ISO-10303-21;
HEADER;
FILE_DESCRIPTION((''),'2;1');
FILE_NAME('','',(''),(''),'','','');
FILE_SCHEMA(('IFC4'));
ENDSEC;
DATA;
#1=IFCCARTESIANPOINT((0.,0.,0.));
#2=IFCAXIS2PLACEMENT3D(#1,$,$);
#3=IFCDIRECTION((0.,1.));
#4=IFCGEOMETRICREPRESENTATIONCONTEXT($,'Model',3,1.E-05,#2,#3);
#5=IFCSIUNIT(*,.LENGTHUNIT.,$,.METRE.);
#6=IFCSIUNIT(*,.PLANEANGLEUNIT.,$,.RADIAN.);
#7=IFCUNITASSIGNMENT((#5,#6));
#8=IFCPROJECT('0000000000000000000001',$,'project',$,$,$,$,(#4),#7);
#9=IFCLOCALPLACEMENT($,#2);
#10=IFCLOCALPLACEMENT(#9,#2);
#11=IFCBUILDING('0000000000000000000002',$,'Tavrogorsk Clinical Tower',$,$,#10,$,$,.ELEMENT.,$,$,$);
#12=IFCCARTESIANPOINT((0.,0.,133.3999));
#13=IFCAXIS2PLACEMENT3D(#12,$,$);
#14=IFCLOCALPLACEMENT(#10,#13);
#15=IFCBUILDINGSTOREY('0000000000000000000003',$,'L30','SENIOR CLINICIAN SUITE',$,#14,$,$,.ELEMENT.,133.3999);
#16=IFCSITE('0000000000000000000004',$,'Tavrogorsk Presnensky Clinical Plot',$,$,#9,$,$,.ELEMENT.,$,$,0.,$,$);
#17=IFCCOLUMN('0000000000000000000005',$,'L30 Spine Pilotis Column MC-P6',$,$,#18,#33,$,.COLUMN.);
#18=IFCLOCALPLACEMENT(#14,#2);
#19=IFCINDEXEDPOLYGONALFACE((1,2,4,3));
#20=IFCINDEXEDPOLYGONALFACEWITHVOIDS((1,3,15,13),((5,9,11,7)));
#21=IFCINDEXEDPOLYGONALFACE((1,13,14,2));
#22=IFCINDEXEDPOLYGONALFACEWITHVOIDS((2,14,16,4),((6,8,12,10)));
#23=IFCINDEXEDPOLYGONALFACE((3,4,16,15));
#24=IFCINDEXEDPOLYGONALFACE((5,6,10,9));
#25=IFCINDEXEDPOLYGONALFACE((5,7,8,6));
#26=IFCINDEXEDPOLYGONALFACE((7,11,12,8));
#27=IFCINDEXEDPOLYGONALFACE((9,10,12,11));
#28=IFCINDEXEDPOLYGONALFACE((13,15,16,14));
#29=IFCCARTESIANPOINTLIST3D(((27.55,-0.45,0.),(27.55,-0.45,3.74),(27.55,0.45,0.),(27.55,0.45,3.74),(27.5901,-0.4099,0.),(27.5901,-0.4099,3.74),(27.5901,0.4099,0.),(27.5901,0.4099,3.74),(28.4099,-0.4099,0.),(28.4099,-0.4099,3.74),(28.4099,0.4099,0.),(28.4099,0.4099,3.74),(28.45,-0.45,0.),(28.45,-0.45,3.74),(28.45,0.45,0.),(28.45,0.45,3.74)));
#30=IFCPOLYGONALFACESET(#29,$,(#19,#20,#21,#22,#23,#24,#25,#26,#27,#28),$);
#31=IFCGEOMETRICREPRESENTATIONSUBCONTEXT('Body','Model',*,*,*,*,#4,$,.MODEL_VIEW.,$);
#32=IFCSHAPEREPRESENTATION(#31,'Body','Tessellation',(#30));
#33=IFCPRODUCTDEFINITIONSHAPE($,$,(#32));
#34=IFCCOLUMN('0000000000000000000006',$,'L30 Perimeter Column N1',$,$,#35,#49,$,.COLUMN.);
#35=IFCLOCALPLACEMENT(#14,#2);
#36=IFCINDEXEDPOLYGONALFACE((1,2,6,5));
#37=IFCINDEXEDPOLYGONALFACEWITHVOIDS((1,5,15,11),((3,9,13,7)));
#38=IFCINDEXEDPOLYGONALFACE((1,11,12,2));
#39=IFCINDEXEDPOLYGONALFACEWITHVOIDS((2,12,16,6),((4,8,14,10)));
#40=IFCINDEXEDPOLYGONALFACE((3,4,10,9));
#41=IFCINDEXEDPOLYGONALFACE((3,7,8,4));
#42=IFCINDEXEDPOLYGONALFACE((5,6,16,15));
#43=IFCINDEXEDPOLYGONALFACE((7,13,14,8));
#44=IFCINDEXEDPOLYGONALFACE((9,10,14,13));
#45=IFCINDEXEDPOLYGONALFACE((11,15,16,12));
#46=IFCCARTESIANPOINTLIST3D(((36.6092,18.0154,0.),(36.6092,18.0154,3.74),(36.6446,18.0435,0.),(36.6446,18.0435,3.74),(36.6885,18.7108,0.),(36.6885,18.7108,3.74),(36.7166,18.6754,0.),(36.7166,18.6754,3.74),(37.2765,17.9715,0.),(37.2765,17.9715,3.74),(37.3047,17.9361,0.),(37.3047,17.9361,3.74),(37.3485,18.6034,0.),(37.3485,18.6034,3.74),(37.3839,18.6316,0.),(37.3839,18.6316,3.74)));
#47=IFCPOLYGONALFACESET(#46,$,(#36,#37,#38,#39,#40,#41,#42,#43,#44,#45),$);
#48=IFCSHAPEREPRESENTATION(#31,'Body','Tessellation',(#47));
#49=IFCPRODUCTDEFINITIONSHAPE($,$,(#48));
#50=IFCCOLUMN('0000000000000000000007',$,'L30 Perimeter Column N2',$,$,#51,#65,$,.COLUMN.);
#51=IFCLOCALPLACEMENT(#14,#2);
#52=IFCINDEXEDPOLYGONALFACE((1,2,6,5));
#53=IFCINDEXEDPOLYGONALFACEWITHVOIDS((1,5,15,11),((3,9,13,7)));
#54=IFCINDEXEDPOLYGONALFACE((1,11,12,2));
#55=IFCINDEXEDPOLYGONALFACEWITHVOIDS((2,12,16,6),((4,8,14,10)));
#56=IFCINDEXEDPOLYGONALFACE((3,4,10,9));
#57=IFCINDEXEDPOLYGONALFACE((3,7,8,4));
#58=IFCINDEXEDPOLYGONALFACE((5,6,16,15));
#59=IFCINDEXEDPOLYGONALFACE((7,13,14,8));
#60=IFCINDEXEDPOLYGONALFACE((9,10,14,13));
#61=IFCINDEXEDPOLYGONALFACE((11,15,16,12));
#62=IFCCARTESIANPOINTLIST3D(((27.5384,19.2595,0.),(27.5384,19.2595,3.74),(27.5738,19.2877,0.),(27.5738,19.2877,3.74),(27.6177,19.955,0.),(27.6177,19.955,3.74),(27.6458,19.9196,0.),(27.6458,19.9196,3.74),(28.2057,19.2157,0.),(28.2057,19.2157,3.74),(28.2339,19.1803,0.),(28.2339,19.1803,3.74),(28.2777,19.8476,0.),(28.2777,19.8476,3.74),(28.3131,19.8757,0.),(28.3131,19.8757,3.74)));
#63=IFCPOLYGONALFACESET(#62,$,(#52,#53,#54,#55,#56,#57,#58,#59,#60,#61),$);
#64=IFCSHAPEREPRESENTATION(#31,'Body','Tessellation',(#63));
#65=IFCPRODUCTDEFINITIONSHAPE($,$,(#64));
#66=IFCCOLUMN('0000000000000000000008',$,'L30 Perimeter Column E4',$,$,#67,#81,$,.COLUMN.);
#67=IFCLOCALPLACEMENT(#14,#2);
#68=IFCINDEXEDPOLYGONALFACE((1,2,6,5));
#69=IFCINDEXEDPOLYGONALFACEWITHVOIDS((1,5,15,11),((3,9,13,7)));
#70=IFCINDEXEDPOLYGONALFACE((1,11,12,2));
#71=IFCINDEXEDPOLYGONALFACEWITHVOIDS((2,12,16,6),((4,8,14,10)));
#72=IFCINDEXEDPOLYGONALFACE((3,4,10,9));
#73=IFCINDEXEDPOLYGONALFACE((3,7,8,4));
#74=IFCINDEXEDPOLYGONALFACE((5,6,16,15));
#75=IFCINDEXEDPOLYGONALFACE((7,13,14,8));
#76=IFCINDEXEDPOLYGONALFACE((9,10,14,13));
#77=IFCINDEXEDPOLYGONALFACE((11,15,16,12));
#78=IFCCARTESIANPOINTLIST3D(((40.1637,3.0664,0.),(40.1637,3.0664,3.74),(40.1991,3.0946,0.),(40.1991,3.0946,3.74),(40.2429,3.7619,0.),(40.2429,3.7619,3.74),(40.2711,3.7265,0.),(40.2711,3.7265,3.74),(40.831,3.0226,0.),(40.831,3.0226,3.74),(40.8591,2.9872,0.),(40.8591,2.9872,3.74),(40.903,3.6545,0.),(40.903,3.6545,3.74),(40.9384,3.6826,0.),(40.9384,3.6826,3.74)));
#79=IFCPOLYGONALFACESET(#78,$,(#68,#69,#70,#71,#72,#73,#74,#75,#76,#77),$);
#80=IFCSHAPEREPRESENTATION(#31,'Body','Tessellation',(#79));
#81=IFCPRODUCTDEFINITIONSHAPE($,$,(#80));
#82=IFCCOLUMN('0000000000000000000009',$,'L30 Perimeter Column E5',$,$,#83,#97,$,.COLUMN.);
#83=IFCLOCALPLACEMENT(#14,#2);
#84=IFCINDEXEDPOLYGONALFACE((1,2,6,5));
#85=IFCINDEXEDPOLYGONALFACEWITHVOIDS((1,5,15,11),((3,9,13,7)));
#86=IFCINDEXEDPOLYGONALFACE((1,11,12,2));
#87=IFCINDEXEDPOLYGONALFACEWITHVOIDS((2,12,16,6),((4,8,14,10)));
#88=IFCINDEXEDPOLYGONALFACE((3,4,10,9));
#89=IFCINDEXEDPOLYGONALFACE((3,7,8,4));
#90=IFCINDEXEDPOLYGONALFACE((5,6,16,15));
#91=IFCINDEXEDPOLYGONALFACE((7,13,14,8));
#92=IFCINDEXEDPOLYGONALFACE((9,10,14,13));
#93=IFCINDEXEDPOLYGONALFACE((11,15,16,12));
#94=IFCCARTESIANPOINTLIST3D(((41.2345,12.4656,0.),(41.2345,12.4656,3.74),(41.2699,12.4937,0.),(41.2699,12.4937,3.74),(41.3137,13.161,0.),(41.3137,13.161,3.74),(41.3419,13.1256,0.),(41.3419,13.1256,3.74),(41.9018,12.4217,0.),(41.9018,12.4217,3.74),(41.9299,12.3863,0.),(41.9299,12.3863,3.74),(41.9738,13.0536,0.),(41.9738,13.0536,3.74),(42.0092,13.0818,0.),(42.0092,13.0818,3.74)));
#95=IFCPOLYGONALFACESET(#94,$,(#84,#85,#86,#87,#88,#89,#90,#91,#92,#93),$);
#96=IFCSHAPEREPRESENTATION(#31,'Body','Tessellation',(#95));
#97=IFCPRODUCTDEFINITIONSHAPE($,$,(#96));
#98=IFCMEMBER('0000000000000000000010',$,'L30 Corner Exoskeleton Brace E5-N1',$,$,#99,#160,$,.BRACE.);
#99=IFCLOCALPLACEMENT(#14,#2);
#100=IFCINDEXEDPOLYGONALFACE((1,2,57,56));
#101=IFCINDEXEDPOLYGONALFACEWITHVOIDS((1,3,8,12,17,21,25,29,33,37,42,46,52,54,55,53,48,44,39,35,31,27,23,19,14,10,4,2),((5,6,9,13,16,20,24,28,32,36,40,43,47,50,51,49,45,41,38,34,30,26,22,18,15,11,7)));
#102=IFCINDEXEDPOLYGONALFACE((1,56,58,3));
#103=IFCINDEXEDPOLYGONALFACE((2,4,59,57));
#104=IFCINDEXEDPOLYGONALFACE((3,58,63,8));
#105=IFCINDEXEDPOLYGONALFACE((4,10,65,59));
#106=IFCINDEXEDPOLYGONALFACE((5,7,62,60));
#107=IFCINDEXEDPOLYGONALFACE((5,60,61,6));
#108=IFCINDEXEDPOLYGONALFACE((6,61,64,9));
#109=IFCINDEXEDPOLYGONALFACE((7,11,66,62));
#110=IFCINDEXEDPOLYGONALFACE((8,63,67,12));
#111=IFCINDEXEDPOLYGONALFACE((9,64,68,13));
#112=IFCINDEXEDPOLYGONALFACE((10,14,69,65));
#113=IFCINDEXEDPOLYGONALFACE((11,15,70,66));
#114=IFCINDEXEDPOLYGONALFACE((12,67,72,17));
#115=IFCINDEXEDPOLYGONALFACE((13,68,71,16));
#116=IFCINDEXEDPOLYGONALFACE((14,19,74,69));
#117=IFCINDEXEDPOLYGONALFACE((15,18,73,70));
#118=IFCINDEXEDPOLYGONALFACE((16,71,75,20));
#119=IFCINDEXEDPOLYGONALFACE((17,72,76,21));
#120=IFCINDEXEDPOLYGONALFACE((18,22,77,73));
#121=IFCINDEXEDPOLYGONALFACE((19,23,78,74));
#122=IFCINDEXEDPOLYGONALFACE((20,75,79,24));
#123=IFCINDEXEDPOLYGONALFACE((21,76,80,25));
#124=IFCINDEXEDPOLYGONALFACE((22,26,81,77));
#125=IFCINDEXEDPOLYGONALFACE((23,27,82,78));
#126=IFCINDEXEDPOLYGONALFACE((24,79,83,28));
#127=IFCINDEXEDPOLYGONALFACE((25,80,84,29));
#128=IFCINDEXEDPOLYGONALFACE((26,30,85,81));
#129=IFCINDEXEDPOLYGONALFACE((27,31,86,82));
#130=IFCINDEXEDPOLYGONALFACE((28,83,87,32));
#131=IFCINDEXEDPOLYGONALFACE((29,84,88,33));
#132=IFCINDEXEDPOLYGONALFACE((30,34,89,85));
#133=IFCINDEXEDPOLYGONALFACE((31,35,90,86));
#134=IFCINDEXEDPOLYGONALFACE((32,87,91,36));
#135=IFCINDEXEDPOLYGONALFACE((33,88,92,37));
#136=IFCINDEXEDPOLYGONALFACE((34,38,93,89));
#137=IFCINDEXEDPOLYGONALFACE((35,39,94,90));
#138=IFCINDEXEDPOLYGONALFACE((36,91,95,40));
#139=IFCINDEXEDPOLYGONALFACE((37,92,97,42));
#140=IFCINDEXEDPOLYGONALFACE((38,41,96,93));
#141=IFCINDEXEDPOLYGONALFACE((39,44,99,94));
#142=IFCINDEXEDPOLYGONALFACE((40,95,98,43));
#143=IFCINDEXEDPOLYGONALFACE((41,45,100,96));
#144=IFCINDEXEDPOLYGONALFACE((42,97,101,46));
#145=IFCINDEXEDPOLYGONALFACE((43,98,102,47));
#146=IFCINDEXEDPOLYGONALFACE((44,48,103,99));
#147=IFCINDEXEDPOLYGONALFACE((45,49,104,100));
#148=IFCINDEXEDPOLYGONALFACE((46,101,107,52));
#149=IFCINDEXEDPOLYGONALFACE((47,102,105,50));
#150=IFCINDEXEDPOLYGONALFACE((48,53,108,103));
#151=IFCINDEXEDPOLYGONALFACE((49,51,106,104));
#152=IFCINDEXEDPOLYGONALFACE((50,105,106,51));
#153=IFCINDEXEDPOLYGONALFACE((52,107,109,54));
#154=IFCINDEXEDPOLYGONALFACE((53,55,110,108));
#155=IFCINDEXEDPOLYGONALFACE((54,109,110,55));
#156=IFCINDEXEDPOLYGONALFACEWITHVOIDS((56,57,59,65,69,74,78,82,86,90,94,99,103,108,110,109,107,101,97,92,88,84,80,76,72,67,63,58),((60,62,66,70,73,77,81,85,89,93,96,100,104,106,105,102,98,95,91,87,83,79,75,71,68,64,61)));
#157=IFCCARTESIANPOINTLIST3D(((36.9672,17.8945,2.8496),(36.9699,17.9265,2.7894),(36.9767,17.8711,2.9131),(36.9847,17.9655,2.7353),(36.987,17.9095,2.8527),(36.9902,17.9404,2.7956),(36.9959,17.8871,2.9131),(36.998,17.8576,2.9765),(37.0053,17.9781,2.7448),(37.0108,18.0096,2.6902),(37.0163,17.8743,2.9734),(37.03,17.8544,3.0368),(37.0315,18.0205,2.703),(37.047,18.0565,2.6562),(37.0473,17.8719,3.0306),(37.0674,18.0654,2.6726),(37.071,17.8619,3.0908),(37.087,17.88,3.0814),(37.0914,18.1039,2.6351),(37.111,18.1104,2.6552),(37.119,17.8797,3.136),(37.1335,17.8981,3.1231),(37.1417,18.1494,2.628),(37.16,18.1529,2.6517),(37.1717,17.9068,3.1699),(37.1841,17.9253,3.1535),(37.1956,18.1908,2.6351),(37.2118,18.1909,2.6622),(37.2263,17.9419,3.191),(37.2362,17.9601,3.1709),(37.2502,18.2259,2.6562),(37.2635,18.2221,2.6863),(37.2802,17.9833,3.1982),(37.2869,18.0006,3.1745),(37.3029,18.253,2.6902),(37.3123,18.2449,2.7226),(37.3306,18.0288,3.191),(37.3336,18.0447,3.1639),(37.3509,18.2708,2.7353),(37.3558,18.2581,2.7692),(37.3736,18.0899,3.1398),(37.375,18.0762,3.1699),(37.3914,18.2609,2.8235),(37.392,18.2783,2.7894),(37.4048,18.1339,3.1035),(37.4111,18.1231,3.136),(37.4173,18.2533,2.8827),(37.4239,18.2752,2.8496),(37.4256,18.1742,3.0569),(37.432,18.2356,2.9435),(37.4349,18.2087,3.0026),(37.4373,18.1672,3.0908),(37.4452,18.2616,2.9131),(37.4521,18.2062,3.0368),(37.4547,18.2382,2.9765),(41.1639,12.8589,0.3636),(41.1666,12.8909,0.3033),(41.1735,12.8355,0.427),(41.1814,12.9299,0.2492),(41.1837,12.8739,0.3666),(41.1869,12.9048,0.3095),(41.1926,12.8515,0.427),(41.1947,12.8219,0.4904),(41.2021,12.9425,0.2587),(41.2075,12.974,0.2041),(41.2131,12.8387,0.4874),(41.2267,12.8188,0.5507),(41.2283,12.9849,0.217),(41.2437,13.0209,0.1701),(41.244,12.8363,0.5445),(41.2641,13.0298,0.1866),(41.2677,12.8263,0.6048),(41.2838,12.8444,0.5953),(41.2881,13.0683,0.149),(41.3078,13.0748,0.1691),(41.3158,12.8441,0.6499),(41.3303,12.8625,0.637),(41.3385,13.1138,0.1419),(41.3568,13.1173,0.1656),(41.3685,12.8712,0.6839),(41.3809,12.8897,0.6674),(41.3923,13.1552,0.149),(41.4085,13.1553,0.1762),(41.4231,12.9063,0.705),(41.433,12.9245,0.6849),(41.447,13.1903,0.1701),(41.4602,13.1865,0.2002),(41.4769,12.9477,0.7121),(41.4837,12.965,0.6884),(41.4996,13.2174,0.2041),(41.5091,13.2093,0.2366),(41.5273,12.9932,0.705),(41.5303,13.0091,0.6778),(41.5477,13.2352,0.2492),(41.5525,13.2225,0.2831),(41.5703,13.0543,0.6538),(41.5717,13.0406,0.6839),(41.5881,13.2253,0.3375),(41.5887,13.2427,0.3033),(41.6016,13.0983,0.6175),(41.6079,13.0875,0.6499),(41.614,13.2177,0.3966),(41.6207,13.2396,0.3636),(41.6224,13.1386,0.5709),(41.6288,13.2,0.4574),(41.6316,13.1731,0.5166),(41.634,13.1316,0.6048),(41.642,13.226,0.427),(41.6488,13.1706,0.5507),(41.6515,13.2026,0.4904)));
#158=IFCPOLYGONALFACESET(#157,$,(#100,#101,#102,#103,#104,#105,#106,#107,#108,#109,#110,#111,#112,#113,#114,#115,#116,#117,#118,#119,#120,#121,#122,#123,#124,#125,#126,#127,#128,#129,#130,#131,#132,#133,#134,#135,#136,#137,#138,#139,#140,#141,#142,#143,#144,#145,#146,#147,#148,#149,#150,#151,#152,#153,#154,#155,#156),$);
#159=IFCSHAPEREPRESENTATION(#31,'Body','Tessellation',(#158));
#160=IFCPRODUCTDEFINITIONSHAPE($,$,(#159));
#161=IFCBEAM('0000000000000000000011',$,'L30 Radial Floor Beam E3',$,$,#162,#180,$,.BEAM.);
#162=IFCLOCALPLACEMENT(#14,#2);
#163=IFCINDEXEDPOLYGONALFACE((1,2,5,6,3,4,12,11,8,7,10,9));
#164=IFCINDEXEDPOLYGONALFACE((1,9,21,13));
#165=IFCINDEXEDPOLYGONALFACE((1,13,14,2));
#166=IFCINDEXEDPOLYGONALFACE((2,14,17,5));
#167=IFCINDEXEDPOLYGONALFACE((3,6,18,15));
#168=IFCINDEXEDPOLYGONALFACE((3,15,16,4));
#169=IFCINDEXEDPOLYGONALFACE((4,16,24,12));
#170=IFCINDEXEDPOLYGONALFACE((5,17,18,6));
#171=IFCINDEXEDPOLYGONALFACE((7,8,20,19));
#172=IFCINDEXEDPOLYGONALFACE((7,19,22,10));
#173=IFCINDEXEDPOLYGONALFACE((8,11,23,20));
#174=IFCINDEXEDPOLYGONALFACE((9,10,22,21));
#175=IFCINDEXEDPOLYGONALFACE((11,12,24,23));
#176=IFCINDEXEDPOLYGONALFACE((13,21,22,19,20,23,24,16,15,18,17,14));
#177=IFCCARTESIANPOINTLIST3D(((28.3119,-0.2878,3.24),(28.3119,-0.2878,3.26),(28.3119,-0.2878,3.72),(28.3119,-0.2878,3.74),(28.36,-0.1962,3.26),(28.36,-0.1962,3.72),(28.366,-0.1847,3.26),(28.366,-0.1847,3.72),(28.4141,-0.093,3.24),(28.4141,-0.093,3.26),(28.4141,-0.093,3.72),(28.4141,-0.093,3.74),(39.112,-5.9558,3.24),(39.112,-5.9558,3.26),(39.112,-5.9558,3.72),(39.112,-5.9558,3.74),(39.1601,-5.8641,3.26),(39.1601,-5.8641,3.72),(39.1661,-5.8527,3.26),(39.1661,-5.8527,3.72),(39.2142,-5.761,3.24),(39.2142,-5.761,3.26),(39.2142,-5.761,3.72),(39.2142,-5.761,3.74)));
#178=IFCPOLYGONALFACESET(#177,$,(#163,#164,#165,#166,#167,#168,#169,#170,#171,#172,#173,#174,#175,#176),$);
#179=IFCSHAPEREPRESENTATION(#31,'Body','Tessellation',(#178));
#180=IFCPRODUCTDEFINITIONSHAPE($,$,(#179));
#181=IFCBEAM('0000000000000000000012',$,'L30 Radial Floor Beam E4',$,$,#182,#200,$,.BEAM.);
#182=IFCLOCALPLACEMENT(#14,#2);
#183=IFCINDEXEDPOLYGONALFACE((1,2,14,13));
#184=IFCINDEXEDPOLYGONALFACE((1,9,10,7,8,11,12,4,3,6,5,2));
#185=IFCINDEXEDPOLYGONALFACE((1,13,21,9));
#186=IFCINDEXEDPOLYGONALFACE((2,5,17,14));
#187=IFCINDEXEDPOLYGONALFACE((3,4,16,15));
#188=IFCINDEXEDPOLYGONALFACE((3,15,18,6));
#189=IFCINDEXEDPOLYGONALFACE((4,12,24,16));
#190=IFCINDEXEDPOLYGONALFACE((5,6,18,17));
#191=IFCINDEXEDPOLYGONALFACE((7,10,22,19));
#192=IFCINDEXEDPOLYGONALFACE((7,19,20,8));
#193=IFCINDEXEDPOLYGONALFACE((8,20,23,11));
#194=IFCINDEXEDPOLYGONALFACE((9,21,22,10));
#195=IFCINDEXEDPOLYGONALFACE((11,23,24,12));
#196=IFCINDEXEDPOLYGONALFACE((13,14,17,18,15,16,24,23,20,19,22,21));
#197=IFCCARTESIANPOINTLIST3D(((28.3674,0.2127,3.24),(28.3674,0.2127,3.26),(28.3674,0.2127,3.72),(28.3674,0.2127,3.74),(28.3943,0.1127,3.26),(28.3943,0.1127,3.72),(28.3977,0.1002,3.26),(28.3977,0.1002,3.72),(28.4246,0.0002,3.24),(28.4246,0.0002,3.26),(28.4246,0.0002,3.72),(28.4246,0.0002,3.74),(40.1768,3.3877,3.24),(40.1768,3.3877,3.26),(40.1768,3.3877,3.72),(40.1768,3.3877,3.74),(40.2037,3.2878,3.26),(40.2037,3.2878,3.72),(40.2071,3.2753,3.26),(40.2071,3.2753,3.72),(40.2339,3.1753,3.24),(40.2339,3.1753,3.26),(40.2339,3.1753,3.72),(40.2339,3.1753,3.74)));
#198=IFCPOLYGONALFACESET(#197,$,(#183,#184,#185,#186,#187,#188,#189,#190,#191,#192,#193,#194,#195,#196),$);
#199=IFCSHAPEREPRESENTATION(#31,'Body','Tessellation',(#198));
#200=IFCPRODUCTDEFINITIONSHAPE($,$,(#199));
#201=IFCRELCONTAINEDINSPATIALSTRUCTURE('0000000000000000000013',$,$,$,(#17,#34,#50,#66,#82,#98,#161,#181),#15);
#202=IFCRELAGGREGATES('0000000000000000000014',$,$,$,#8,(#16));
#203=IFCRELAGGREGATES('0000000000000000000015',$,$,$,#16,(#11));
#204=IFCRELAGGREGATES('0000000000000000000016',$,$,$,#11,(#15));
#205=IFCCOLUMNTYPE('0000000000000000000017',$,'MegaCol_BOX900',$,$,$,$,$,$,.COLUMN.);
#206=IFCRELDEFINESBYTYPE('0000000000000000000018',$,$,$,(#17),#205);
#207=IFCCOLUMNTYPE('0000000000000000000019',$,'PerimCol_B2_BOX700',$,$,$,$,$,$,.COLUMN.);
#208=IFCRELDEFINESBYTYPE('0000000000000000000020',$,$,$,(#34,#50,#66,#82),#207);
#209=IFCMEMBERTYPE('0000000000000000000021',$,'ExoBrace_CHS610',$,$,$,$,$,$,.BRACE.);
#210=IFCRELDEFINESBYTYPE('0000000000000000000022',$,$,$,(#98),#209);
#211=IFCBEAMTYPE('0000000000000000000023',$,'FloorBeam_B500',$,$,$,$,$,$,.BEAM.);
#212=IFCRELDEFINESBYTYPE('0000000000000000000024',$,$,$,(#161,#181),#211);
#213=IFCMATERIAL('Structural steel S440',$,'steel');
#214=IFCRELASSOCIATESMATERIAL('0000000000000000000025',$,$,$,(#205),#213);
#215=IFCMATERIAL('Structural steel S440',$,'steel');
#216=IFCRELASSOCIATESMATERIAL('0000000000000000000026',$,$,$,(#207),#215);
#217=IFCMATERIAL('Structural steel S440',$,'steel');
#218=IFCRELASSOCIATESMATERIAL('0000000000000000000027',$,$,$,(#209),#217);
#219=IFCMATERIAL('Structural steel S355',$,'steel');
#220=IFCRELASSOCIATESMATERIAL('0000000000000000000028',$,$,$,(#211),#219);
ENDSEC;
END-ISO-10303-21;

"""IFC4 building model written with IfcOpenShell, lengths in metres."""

from ifc_helpers import new_model, si_unit, direction, frame, origin, origin_2d, place, context, subcontext, project, spatial, hollow_rectangle, hollow_circle, i_section, extrude, material, material_profile, profile_set, type_object, element, save


model = new_model("IFC4")

# Units and contexts
model_context = context("Model", 3, precision=1e-05, world=origin(), true_north=direction((0.0, 1.0)))
body_context = subcontext(model_context, "Body", "Model", "MODEL_VIEW")
ifc_project = project(units=[si_unit("LENGTHUNIT", "METRE"), si_unit("PLANEANGLEUNIT", "RADIAN")], contexts=[model_context])

# Site, building, storey
site_placement = place(None, origin())
site = spatial("IfcSite", under=ifc_project, at=site_placement, Name="Tavrogorsk Presnensky Clinical Plot", CompositionType="ELEMENT", RefElevation=0.0)
building_placement = place(site_placement, origin())
building = spatial("IfcBuilding", under=site, at=building_placement, Name="Tavrogorsk Clinical Tower", CompositionType="ELEMENT")
storey_placement = place(building_placement, frame((0.0, 0.0, 133.3999)))
storey = spatial("IfcBuildingStorey", under=building, at=storey_placement, Name="L30", Description="SENIOR CLINICIAN SUITE", CompositionType="ELEMENT", Elevation=133.3999)

# Columns
ifc_material_1 = material(Name="Structural steel S440", Category="steel")
ifc_material_profile_1 = material_profile(ifc_material_1, hollow_rectangle(XDim=0.8999, YDim=0.8999, WallThickness=0.04, at=origin_2d()), Name="BOX-900x900x40")
ifc_profile_set_1 = profile_set([ifc_material_profile_1], Name="Structural steel S440")
column_type_1 = type_object("IfcColumnType", Name="MegaCol_BOX900", PredefinedType="COLUMN", material=ifc_profile_set_1)
column_placement = place(storey_placement, frame((28.0, 0.0, 0.0), z_axis=(0.0, 0.0, 1.0), x_axis=(1.0, 0.0, 0.0)))
element("IfcColumn", 1, at=column_placement, inside=storey, type_object=column_type_1, Name="L30 Spine Pilotis Column MC-P6", PredefinedType="COLUMN", context=body_context, shape_type="SweptSolid", body=[
    extrude(hollow_rectangle(XDim=0.8999, YDim=0.8999, WallThickness=0.04, at=origin_2d()), origin(), (0.0, 0.0, 1.0), 3.74),
])
ifc_material_2 = material(Name="Structural steel S440", Category="steel")
ifc_material_profile_2 = material_profile(ifc_material_2, hollow_rectangle(XDim=0.7, YDim=0.7, WallThickness=0.032, at=origin_2d()), Name="BOX-700x700x32")
ifc_profile_set_2 = profile_set([ifc_material_profile_2], Name="Structural steel S440")
column_type_2 = type_object("IfcColumnType", Name="PerimCol_B2_BOX700", PredefinedType="COLUMN", material=ifc_profile_set_2)
for number, where, z_axis, x_axis, name in (
    (2, (36.9966, 18.3235, 0.0), (0.0, 0.0, 1.0), (0.993572, -0.113203, 0.0), "L30 Perimeter Column N1"),
    (3, (27.9258, 19.5676, 0.0), (0.0, 0.0, 1.0), (0.993572, -0.113203, 0.0), "L30 Perimeter Column N2"),
    (4, (40.551, 3.3745, 0.0), (0.0, 0.0, 1.0), (0.993572, -0.113203, 0.0), "L30 Perimeter Column E4"),
    (5, (41.6218, 12.7737, 0.0), (0.0, 0.0, 1.0), (0.993572, -0.113203, 0.0), "L30 Perimeter Column E5"),
):
    element("IfcColumn", number, at=place(storey_placement, frame(where, z_axis=z_axis, x_axis=x_axis)), inside=storey, type_object=column_type_2, Name=name, PredefinedType="COLUMN", context=body_context, shape_type="SweptSolid", body=[
        extrude(hollow_rectangle(XDim=0.7, YDim=0.7, WallThickness=0.032, at=origin_2d()), origin(), (0.0, 0.0, 1.0), 3.74),
    ])

# Member
ifc_material_3 = material(Name="Structural steel S440", Category="steel")
ifc_material_profile_3 = material_profile(ifc_material_3, hollow_circle(Radius=0.3049, WallThickness=0.0249, at=origin_2d()), Name="CHS-610x25")
ifc_profile_set_3 = profile_set([ifc_material_profile_3], Name="Structural steel S440")
member_type_1 = type_object("IfcMemberType", Name="ExoBrace_CHS610", PredefinedType="BRACE", material=ifc_profile_set_3)
member_placement = place(storey_placement, frame((41.4077, 13.0308, 0.427), z_axis=(-0.598616, 0.71827, 0.354608), x_axis=(-0.768191, -0.640221, 0.0)))
element("IfcMember", 6, at=member_placement, inside=storey, type_object=member_type_1, Name="L30 Corner Exoskeleton Brace E5-N1", PredefinedType="BRACE", context=body_context, shape_type="SweptSolid", body=[
    extrude(hollow_circle(Radius=0.3049, WallThickness=0.0249, at=origin_2d()), origin(), (0.0, 0.0, 1.0), 7.0107),
])

# Beams
ifc_material_4 = material(Name="Structural steel S355", Category="steel")
ifc_material_profile_4 = material_profile(ifc_material_4, i_section(OverallWidth=0.22, OverallDepth=0.5, WebThickness=0.0129, FlangeThickness=0.02, at=origin_2d()), Name="B-500x220x13x20")
ifc_profile_set_4 = profile_set([ifc_material_profile_4], Name="Structural steel S355")
beam_type_1 = type_object("IfcBeamType", Name="FloorBeam_B500", PredefinedType="BEAM", material=ifc_profile_set_4)
beam_1_placement = place(storey_placement, frame((28.363, -0.1904, 3.49), z_axis=(0.885467, -0.464702, 0.0), x_axis=(0.464702, 0.885467, 0.0)))
element("IfcBeam", 7, at=beam_1_placement, inside=storey, type_object=beam_type_1, Name="L30 Radial Floor Beam E3", PredefinedType="BEAM", context=body_context, shape_type="SweptSolid", body=[
    extrude(i_section(OverallWidth=0.22, OverallDepth=0.5, WebThickness=0.0129, FlangeThickness=0.02, at=origin_2d()), origin(), (0.0, 0.0, 1.0), 12.197),
])
beam_2_placement = place(storey_placement, frame((28.396, 0.1064, 3.49), z_axis=(0.965706, 0.259639, 0.0), x_axis=(-0.259639, 0.965706, 0.0)))
element("IfcBeam", 8, at=beam_2_placement, inside=storey, type_object=beam_type_1, Name="L30 Radial Floor Beam E4", PredefinedType="BEAM", context=body_context, shape_type="SweptSolid", body=[
    extrude(i_section(OverallWidth=0.22, OverallDepth=0.5, WebThickness=0.0129, FlangeThickness=0.02, at=origin_2d()), origin(), (0.0, 0.0, 1.0), 12.2288),
])

save(model, "model.ifc")
